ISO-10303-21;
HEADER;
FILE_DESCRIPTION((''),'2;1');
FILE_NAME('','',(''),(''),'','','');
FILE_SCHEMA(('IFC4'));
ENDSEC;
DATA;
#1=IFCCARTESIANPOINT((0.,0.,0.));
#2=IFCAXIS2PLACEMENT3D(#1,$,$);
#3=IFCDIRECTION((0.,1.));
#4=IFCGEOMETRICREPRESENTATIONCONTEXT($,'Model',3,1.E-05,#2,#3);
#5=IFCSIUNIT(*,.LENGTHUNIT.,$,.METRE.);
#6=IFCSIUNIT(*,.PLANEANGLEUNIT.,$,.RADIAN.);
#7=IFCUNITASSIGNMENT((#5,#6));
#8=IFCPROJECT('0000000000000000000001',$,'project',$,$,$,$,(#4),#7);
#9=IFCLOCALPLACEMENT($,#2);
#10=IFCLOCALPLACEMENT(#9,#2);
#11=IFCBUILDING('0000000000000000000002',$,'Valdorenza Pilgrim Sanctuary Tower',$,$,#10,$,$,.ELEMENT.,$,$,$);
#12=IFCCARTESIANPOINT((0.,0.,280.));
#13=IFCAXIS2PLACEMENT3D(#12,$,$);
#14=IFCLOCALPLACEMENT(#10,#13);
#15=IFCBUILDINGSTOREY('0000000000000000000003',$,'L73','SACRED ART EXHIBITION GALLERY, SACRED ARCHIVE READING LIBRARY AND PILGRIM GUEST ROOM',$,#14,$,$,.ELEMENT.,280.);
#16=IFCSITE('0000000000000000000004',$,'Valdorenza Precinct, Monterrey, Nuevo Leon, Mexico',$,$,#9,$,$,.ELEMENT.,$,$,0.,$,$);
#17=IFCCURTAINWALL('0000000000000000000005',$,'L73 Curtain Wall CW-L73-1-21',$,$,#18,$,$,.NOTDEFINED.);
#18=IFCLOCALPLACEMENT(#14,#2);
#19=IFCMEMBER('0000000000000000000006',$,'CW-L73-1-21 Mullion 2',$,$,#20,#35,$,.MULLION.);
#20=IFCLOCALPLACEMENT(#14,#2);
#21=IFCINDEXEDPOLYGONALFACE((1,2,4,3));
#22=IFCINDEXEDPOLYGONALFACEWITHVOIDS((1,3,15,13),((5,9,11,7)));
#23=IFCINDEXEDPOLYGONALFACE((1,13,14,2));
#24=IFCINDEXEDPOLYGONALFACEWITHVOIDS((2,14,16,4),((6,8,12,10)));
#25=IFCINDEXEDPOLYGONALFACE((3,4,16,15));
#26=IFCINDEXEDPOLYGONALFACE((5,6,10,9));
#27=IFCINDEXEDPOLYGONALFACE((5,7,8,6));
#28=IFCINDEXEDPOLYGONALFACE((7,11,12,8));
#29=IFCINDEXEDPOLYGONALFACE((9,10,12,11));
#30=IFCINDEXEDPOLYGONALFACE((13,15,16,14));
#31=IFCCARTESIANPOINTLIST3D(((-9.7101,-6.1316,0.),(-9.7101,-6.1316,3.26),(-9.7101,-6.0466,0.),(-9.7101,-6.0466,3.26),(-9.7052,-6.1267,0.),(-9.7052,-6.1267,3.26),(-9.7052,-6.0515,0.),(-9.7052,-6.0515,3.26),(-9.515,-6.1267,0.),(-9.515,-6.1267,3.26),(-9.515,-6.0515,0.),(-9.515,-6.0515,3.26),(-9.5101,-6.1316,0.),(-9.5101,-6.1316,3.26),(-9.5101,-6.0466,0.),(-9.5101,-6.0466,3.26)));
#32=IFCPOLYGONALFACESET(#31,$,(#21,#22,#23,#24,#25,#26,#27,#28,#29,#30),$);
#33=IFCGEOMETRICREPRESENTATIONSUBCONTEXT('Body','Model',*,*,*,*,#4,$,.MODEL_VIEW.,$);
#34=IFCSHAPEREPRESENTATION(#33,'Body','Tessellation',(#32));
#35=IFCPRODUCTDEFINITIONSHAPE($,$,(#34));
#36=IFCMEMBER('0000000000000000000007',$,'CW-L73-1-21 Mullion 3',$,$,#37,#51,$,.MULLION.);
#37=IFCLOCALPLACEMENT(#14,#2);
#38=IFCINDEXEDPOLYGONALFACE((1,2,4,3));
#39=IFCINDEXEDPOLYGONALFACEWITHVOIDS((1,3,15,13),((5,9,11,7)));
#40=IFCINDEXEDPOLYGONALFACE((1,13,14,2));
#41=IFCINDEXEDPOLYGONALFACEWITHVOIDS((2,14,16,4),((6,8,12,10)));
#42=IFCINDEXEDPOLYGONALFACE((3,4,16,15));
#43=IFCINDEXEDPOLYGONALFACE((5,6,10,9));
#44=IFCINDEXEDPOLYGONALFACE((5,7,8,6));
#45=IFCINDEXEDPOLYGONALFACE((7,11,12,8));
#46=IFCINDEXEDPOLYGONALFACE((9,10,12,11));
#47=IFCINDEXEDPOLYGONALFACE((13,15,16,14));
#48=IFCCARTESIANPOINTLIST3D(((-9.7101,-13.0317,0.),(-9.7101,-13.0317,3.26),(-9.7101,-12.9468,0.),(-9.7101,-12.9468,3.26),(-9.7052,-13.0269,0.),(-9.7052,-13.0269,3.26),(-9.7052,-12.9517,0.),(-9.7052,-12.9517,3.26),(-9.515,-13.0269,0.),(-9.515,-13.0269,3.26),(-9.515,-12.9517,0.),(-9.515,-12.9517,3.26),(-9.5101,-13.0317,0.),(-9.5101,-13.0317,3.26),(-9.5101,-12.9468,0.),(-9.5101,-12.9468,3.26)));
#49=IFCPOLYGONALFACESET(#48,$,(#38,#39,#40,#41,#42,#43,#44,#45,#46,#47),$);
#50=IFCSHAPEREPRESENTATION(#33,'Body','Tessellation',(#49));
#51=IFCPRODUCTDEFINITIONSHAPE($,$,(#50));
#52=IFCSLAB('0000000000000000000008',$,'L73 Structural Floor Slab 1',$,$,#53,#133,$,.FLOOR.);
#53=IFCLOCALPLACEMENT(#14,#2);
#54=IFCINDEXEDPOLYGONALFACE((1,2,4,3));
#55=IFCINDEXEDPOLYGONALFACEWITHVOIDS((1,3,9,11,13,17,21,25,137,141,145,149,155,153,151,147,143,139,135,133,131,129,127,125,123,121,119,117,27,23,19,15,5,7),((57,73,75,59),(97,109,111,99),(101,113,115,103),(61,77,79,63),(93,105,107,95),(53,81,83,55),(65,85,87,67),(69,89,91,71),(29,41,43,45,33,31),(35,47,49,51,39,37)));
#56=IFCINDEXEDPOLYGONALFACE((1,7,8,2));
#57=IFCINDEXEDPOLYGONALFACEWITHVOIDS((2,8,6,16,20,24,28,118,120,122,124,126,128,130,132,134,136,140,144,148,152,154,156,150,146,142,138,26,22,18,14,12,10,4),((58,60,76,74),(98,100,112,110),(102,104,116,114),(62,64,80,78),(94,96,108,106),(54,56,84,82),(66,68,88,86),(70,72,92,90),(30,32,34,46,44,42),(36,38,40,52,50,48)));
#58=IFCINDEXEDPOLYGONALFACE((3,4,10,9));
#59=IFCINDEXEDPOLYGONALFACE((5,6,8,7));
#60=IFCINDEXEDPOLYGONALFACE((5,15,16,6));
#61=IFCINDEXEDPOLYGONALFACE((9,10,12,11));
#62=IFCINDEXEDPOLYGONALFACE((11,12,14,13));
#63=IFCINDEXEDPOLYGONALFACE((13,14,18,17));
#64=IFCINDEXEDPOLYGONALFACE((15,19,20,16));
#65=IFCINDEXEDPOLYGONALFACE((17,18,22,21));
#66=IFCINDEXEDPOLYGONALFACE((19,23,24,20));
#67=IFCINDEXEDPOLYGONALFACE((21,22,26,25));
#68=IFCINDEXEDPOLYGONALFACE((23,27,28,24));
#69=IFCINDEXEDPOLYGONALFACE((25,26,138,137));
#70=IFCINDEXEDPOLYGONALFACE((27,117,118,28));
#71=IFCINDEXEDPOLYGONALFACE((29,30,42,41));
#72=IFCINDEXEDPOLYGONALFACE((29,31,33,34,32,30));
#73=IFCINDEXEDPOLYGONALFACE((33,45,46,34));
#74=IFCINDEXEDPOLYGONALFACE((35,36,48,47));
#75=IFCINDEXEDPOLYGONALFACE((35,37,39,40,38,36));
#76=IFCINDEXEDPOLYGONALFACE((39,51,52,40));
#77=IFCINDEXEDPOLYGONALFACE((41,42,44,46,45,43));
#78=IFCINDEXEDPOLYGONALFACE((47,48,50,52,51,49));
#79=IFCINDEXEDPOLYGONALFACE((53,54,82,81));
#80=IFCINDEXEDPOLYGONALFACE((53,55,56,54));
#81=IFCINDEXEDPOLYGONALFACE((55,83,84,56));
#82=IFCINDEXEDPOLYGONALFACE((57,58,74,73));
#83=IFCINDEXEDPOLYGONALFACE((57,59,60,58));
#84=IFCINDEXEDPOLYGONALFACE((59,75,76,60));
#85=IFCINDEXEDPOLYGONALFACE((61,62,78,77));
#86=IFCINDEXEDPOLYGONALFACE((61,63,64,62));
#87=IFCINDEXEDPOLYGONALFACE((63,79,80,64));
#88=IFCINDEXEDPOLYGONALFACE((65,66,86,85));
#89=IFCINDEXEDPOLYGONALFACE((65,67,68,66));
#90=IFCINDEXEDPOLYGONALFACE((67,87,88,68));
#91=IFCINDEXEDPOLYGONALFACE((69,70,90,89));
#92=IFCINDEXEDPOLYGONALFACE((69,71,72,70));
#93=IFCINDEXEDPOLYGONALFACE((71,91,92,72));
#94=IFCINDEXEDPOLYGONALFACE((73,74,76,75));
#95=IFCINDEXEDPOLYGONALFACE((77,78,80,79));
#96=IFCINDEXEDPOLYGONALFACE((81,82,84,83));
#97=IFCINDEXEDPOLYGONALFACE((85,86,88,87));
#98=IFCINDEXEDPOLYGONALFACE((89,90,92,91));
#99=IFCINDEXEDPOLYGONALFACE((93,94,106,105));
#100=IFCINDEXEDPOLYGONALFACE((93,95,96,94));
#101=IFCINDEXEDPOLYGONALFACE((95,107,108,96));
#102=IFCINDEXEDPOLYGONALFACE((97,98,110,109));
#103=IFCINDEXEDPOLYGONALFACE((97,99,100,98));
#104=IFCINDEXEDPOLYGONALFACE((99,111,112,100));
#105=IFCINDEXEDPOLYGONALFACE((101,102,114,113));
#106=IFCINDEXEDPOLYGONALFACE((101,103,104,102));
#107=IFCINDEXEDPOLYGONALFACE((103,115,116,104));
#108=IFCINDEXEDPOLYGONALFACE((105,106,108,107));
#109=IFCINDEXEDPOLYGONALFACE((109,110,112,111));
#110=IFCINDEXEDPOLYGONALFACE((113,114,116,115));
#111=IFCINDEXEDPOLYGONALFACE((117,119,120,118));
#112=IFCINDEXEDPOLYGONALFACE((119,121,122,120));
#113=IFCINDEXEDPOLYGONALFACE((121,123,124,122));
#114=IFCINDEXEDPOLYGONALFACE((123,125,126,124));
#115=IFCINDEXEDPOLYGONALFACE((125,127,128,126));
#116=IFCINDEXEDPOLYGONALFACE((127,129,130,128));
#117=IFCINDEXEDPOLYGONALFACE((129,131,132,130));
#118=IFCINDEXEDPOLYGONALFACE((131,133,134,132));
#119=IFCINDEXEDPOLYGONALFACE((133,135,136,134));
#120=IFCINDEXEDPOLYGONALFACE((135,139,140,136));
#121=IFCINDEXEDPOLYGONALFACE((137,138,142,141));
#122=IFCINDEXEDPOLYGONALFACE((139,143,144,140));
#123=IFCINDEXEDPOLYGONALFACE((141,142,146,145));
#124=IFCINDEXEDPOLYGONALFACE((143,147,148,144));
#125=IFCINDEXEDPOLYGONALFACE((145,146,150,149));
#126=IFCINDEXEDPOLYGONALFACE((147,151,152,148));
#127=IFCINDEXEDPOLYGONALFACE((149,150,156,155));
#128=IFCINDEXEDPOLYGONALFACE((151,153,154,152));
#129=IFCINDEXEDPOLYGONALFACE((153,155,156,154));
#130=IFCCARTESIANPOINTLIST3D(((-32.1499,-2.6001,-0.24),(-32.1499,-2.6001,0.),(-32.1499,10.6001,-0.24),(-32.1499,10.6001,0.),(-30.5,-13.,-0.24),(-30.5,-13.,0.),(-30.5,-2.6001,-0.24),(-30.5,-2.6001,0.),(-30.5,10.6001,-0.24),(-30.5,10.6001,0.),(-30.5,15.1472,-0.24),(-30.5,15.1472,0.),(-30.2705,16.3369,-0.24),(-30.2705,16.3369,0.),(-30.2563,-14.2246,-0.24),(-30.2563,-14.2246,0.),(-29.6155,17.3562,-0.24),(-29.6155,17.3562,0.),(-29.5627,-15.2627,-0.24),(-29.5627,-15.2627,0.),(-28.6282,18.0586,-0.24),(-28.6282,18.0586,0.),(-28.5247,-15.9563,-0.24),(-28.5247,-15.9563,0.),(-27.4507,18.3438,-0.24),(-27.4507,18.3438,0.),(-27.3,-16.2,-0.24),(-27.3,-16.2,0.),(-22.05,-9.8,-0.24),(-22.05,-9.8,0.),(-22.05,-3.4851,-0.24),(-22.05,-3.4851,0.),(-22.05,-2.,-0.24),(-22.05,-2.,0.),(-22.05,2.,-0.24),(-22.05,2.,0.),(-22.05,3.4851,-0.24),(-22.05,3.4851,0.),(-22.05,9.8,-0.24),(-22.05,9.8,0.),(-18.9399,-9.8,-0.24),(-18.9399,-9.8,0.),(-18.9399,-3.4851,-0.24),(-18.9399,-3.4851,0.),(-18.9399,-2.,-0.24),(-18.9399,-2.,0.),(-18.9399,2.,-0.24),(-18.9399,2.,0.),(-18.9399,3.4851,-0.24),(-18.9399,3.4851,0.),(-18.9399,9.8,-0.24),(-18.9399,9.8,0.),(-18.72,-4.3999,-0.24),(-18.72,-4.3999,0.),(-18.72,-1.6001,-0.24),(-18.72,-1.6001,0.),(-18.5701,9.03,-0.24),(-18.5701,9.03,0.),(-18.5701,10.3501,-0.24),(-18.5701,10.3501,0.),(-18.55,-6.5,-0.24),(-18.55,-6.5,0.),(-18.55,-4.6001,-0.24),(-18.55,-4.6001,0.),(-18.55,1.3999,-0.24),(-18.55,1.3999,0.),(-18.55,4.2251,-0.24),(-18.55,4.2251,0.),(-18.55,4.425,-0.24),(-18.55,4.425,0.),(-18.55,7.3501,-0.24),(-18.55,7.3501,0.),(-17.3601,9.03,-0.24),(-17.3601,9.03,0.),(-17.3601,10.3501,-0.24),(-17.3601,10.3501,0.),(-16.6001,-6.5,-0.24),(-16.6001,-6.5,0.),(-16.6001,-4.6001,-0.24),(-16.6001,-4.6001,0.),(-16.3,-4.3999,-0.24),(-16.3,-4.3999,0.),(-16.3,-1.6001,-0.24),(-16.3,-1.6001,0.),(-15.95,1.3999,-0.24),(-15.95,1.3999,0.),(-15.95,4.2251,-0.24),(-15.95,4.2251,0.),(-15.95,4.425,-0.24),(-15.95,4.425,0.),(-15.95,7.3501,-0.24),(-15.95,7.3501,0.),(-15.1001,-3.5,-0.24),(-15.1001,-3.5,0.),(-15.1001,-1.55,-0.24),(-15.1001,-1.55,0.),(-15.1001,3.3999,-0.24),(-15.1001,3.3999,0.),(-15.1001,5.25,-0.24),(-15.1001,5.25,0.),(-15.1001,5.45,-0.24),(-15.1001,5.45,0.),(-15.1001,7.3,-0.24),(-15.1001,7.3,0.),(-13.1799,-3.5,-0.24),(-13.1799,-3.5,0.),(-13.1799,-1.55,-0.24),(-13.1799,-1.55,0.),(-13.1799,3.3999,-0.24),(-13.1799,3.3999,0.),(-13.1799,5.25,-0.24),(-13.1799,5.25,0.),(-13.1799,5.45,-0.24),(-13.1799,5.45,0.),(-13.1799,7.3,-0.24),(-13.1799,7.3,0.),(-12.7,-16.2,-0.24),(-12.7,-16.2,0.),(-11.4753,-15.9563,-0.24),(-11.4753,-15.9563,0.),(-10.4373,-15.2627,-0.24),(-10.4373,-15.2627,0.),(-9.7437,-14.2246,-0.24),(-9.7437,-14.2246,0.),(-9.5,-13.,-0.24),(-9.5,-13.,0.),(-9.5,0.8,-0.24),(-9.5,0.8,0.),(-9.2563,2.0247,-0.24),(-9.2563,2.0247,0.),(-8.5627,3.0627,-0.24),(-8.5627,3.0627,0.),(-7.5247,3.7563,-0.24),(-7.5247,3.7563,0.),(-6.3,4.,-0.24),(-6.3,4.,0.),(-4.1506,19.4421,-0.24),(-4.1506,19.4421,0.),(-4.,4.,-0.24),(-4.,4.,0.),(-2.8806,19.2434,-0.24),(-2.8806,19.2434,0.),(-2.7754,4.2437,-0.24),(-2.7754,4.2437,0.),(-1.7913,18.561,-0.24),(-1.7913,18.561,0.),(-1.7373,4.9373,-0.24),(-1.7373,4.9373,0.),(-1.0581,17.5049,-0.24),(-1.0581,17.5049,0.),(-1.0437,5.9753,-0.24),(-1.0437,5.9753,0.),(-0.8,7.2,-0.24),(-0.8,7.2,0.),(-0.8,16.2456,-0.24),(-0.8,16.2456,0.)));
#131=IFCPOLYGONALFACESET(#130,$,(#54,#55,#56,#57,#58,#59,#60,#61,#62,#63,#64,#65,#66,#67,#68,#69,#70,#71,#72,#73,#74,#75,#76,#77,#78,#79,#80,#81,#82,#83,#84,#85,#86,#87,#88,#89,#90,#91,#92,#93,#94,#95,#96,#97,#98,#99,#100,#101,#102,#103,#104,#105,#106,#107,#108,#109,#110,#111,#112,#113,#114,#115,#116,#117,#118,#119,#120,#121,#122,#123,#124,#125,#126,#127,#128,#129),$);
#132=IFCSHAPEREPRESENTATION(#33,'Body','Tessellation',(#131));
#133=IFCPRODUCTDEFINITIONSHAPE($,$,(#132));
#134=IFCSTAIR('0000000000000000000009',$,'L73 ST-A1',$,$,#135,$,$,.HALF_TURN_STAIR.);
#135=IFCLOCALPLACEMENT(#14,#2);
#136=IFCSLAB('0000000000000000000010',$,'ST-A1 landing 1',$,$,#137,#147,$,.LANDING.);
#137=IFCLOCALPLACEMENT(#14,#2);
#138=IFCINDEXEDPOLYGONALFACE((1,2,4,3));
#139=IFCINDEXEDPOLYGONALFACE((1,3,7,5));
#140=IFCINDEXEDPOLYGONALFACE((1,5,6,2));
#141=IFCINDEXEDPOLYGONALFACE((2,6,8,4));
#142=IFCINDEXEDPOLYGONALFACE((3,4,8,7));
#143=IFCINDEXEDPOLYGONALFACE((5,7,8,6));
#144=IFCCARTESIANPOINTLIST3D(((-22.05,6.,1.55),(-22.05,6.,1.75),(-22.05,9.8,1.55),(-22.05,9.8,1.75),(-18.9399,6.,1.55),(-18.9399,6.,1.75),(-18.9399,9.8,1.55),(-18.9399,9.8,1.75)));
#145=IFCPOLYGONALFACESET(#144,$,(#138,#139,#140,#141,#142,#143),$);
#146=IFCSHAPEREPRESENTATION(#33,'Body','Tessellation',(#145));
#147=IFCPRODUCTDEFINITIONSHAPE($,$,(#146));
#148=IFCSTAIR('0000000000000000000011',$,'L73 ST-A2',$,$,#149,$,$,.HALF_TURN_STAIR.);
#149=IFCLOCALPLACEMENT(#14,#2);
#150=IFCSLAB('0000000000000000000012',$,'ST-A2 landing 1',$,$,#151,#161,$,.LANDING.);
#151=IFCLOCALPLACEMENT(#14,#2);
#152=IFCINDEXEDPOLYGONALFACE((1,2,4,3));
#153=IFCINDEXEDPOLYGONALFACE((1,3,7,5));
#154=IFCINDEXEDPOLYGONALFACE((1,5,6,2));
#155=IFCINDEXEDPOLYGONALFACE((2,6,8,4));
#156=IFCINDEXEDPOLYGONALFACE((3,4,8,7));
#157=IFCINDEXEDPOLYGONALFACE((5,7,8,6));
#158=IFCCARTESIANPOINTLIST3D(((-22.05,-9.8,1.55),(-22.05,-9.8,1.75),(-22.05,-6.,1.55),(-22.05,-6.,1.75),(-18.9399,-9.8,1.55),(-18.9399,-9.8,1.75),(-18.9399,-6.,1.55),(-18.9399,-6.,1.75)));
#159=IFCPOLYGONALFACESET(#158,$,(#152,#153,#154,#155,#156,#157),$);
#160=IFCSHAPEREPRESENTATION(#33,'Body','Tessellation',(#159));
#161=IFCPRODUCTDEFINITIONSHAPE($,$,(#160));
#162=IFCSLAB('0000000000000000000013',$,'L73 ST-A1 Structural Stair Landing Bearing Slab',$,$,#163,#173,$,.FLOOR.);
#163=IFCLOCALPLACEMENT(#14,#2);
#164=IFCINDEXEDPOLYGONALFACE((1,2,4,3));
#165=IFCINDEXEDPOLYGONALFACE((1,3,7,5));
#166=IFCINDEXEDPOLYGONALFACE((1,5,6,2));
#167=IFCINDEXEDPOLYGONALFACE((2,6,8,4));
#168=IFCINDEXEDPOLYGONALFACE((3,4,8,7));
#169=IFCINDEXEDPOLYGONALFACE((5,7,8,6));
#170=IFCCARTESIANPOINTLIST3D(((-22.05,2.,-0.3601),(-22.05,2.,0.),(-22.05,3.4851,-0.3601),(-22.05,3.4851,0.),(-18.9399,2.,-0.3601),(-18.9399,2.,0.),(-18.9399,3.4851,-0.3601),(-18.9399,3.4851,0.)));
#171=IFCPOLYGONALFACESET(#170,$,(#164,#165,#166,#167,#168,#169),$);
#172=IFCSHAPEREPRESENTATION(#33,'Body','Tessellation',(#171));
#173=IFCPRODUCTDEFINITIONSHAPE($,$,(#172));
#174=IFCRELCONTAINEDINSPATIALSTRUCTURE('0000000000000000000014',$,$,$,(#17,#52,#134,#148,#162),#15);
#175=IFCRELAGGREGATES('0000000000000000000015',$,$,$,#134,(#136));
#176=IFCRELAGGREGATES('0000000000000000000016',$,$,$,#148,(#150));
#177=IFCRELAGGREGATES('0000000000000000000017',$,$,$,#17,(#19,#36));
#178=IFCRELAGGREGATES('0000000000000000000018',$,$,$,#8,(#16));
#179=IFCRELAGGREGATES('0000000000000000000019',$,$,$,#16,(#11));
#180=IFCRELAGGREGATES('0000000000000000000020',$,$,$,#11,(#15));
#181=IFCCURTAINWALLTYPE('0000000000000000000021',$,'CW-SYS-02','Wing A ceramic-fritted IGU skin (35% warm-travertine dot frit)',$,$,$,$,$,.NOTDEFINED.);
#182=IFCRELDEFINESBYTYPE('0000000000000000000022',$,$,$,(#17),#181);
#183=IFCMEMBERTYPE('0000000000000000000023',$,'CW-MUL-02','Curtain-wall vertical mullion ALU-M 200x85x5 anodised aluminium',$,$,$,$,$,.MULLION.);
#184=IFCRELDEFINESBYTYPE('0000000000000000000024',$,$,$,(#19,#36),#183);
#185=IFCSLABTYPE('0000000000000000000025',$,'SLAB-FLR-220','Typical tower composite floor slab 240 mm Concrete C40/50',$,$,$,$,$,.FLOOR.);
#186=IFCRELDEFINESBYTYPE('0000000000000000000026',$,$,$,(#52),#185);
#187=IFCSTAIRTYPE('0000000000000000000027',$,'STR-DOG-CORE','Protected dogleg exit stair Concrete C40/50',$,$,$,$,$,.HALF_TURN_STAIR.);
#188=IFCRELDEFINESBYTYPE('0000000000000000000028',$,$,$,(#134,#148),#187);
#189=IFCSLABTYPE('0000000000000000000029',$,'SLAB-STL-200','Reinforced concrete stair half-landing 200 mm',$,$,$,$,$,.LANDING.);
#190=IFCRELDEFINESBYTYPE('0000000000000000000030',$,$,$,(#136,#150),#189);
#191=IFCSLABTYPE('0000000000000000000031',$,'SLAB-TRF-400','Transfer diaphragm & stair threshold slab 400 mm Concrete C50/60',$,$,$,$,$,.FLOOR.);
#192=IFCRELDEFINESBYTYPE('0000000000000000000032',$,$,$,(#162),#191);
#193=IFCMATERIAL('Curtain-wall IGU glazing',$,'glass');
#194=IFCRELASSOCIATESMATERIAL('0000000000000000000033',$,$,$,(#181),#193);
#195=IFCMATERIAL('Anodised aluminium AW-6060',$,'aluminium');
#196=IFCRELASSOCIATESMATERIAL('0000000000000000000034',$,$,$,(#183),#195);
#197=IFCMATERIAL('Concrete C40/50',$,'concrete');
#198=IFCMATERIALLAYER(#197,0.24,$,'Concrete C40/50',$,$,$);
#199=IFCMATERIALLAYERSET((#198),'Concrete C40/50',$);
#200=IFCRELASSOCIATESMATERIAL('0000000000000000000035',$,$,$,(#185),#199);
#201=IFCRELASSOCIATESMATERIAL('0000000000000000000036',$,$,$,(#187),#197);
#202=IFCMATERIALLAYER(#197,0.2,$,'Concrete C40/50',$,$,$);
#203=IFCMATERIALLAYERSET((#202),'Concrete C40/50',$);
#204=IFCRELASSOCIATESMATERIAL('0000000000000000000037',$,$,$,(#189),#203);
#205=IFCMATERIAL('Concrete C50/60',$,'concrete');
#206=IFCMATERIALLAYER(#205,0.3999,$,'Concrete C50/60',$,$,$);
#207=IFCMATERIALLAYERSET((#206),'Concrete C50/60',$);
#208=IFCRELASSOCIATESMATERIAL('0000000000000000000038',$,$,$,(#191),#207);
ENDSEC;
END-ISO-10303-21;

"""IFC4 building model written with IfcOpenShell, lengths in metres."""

from ifc_helpers import new_model, si_unit, direction, frame, origin, origin_2d, place, context, subcontext, project, spatial, polyline, hollow_rectangle, outline, extrude, source, transform, mapped, material, layer, layer_set, material_profile, profile_set, type_object, element, aggregate, save


model = new_model("IFC4")

# Units and contexts
model_context = context("Model", 3, precision=1e-05, world=origin(), true_north=direction((0.0, 1.0)))
body_context = subcontext(model_context, "Body", "Model", "MODEL_VIEW")
ifc_project = project(units=[si_unit("LENGTHUNIT", "METRE"), si_unit("PLANEANGLEUNIT", "RADIAN")], contexts=[model_context])

# Site, building, storey
site_placement = place(None, origin())
site = spatial("IfcSite", under=ifc_project, at=site_placement, Name="Valdorenza Precinct, Monterrey, Nuevo Leon, Mexico", CompositionType="ELEMENT", RefElevation=0.0)
building_placement = place(site_placement, origin())
building = spatial("IfcBuilding", under=site, at=building_placement, Name="Valdorenza Pilgrim Sanctuary Tower", CompositionType="ELEMENT")
storey_placement = place(building_placement, frame((0.0, 0.0, 280.0)))
storey = spatial("IfcBuildingStorey", under=building, at=storey_placement, Name="L73", Description="SACRED ART EXHIBITION GALLERY, SACRED ARCHIVE READING LIBRARY AND PILGRIM GUEST ROOM", CompositionType="ELEMENT", Elevation=280.0)

# Curtain wall, members
ifc_material_1 = material(Name="Curtain-wall IGU glazing", Category="glass")
curtain_wall_type = type_object("IfcCurtainWallType", Name="CW-SYS-02", Description="Wing A ceramic-fritted IGU skin (35% warm-travertine dot frit)", PredefinedType="NOTDEFINED", material=ifc_material_1)
curtain_wall_placement = place(storey_placement, origin())
curtain_wall = element("IfcCurtainWall", 1, at=curtain_wall_placement, inside=storey, type_object=curtain_wall_type, Name="L73 Curtain Wall CW-L73-1-21", PredefinedType="NOTDEFINED")
ifc_material_2 = material(Name="Anodised aluminium AW-6060", Category="aluminium")
ifc_material_profile = material_profile(ifc_material_2, hollow_rectangle(XDim=0.085, YDim=0.2, WallThickness=0.0049, at=origin_2d()), Name="ALU-M 200x85x5")
ifc_profile_set = profile_set([ifc_material_profile], Name="Anodised aluminium AW-6060")
member_type = type_object("IfcMemberType", Name="CW-MUL-02", Description="Curtain-wall vertical mullion ALU-M 200x85x5 anodised aluminium", PredefinedType="MULLION", material=ifc_profile_set)
shared_shape_1 = source(origin(), body_context, "Body", "SweptSolid", [
    extrude(hollow_rectangle(XDim=0.085, YDim=0.2, WallThickness=0.0049, at=origin_2d()), origin(), (0.0, 0.0, 1.0), 3.26),
])
member_1_placement = place(storey_placement, frame((-9.6101, -6.0891, 0.0), z_axis=(0.0, 0.0, 1.0), x_axis=(0.0, -1.0, 0.0)))
member_1 = element("IfcMember", 2, at=member_1_placement, type_object=member_type, Name="CW-L73-1-21 Mullion 2", PredefinedType="MULLION", context=body_context, shape_type="MappedRepresentation", body=[
    mapped(shared_shape_1, transform((0.0, 0.0, 0.0), x_axis=(1.0, 0.0, 0.0), y_axis=(0.0, 1.0, 0.0), z_axis=(0.0, 0.0, 1.0), scale=1.0)),
])
member_2_placement = place(storey_placement, frame((-9.6101, -12.9893, 0.0), z_axis=(0.0, 0.0, 1.0), x_axis=(0.0, -1.0, 0.0)))
member_2 = element("IfcMember", 3, at=member_2_placement, type_object=member_type, Name="CW-L73-1-21 Mullion 3", PredefinedType="MULLION", context=body_context, shape_type="MappedRepresentation", body=[
    mapped(shared_shape_1, transform((0.0, 0.0, 0.0), x_axis=(1.0, 0.0, 0.0), y_axis=(0.0, 1.0, 0.0), z_axis=(0.0, 0.0, 1.0), scale=1.0)),
])

# Slab
ifc_material_3 = material(Name="Concrete C40/50", Category="concrete")
ifc_layer_1 = layer(ifc_material_3, 0.24, Name="Concrete C40/50")
ifc_layer_set_1 = layer_set([ifc_layer_1], Name="Concrete C40/50")
slab_type_1 = type_object("IfcSlabType", Name="SLAB-FLR-220", Description="Typical tower composite floor slab 240 mm Concrete C40/50", PredefinedType="FLOOR", material=ifc_layer_set_1)
slab_1_placement = place(storey_placement, frame((0.0, 0.0, -0.24)))
element("IfcSlab", 4, at=slab_1_placement, inside=storey, type_object=slab_type_1, Name="L73 Structural Floor Slab 1", PredefinedType="FLOOR", context=body_context, shape_type="SweptSolid", body=[
    extrude(outline(polyline([(-30.2705, 16.3369), (-29.6155, 17.3562), (-28.6282, 18.0586), (-27.4507, 18.3438), (-4.1506, 19.4421), (-2.8806, 19.2434), (-1.7913, 18.561), (-1.0581, 17.5049), (-0.8, 16.2456), (-0.8, 7.2), (-1.0437, 5.9753), (-1.7373, 4.9373), (-2.7754, 4.2437), (-4.0, 4.0), (-6.3, 4.0), (-7.5247, 3.7563), (-8.5627, 3.0627), (-9.2563, 2.0247), (-9.5, 0.8), (-9.5, -13.0), (-9.7437, -14.2246), (-10.4373, -15.2627), (-11.4753, -15.9563), (-12.7, -16.2), (-27.3, -16.2), (-28.5247, -15.9563), (-29.5627, -15.2627), (-30.2563, -14.2246), (-30.5, -13.0), (-30.5, -2.6001), (-32.1499, -2.6001), (-32.1499, 10.6001), (-30.5, 10.6001), (-30.5, 15.1472), (-30.2705, 16.3369)]), holes=[polyline([(-22.05, -9.8), (-18.9399, -9.8), (-18.9399, -3.4851), (-18.9399, -2.0), (-22.05, -2.0), (-22.05, -3.4851), (-22.05, -9.8)]), polyline([(-16.6001, -6.5), (-16.6001, -4.6001), (-18.55, -4.6001), (-18.55, -6.5), (-16.6001, -6.5)]), polyline([(-22.05, 2.0), (-18.9399, 2.0), (-18.9399, 3.4851), (-18.9399, 9.8), (-22.05, 9.8), (-22.05, 3.4851), (-22.05, 2.0)]), polyline([(-17.3601, 9.03), (-17.3601, 10.3501), (-18.5701, 10.3501), (-18.5701, 9.03), (-17.3601, 9.03)]), polyline([(-16.3, -1.6001), (-18.72, -1.6001), (-18.72, -4.3999), (-16.3, -4.3999), (-16.3, -1.6001)]), polyline([(-13.1799, -3.5), (-13.1799, -1.55), (-15.1001, -1.55), (-15.1001, -3.5), (-13.1799, -3.5)]), polyline([(-15.95, 1.3999), (-15.95, 4.2251), (-18.55, 4.2251), (-18.55, 1.3999), (-15.95, 1.3999)]), polyline([(-13.1799, 5.25), (-15.1001, 5.25), (-15.1001, 3.3999), (-13.1799, 3.3999), (-13.1799, 5.25)]), polyline([(-15.95, 4.425), (-15.95, 7.3501), (-18.55, 7.3501), (-18.55, 4.425), (-15.95, 4.425)]), polyline([(-13.1799, 5.45), (-13.1799, 7.3), (-15.1001, 7.3), (-15.1001, 5.45), (-13.1799, 5.45)])]), origin(), (0.0, 0.0, 1.0), 0.24),
])

# Stairs, slabs
stair_type = type_object("IfcStairType", Name="STR-DOG-CORE", Description="Protected dogleg exit stair Concrete C40/50", PredefinedType="HALF_TURN_STAIR", material=ifc_material_3)
stair_1_placement = place(storey_placement, origin())
stair_1 = element("IfcStair", 5, at=stair_1_placement, inside=storey, type_object=stair_type, Name="L73 ST-A1", PredefinedType="HALF_TURN_STAIR")
ifc_layer_2 = layer(ifc_material_3, 0.2, Name="Concrete C40/50")
ifc_layer_set_2 = layer_set([ifc_layer_2], Name="Concrete C40/50")
slab_type_2 = type_object("IfcSlabType", Name="SLAB-STL-200", Description="Reinforced concrete stair half-landing 200 mm", PredefinedType="LANDING", material=ifc_layer_set_2)
slab_2_placement = place(storey_placement, frame((0.0, 0.0, 1.55)))
slab_2 = element("IfcSlab", 6, at=slab_2_placement, type_object=slab_type_2, Name="ST-A1 landing 1", PredefinedType="LANDING", context=body_context, shape_type="SweptSolid", body=[
    extrude(outline(polyline([(-18.9399, 6.0), (-18.9399, 9.8), (-22.05, 9.8), (-22.05, 6.0), (-18.9399, 6.0)])), origin(), (0.0, 0.0, 1.0), 0.2),
])
aggregate(stair_1, [slab_2])
stair_2_placement = place(storey_placement, origin())
stair_2 = element("IfcStair", 7, at=stair_2_placement, inside=storey, type_object=stair_type, Name="L73 ST-A2", PredefinedType="HALF_TURN_STAIR")
slab_3_placement = place(storey_placement, frame((0.0, 0.0, 1.55)))
slab_3 = element("IfcSlab", 8, at=slab_3_placement, type_object=slab_type_2, Name="ST-A2 landing 1", PredefinedType="LANDING", context=body_context, shape_type="SweptSolid", body=[
    extrude(outline(polyline([(-22.05, -6.0), (-22.05, -9.8), (-18.9399, -9.8), (-18.9399, -6.0), (-22.05, -6.0)])), origin(), (0.0, 0.0, 1.0), 0.2),
])
aggregate(stair_2, [slab_3])

# Slab
ifc_material_4 = material(Name="Concrete C50/60", Category="concrete")
ifc_layer_3 = layer(ifc_material_4, 0.3999, Name="Concrete C50/60")
ifc_layer_set_3 = layer_set([ifc_layer_3], Name="Concrete C50/60")
slab_type_3 = type_object("IfcSlabType", Name="SLAB-TRF-400", Description="Transfer diaphragm & stair threshold slab 400 mm Concrete C50/60", PredefinedType="FLOOR", material=ifc_layer_set_3)
slab_4_placement = place(storey_placement, frame((0.0, 0.0, -0.3601)))
element("IfcSlab", 9, at=slab_4_placement, inside=storey, type_object=slab_type_3, Name="L73 ST-A1 Structural Stair Landing Bearing Slab", PredefinedType="FLOOR", context=body_context, shape_type="SweptSolid", body=[
    extrude(outline(polyline([(-22.05, 2.0), (-18.9399, 2.0), (-18.9399, 3.4851), (-22.05, 3.4851), (-22.05, 2.0)])), origin(), (0.0, 0.0, 1.0), 0.3601),
])

aggregate(curtain_wall, [member_1, member_2])

save(model, "model.ifc")
